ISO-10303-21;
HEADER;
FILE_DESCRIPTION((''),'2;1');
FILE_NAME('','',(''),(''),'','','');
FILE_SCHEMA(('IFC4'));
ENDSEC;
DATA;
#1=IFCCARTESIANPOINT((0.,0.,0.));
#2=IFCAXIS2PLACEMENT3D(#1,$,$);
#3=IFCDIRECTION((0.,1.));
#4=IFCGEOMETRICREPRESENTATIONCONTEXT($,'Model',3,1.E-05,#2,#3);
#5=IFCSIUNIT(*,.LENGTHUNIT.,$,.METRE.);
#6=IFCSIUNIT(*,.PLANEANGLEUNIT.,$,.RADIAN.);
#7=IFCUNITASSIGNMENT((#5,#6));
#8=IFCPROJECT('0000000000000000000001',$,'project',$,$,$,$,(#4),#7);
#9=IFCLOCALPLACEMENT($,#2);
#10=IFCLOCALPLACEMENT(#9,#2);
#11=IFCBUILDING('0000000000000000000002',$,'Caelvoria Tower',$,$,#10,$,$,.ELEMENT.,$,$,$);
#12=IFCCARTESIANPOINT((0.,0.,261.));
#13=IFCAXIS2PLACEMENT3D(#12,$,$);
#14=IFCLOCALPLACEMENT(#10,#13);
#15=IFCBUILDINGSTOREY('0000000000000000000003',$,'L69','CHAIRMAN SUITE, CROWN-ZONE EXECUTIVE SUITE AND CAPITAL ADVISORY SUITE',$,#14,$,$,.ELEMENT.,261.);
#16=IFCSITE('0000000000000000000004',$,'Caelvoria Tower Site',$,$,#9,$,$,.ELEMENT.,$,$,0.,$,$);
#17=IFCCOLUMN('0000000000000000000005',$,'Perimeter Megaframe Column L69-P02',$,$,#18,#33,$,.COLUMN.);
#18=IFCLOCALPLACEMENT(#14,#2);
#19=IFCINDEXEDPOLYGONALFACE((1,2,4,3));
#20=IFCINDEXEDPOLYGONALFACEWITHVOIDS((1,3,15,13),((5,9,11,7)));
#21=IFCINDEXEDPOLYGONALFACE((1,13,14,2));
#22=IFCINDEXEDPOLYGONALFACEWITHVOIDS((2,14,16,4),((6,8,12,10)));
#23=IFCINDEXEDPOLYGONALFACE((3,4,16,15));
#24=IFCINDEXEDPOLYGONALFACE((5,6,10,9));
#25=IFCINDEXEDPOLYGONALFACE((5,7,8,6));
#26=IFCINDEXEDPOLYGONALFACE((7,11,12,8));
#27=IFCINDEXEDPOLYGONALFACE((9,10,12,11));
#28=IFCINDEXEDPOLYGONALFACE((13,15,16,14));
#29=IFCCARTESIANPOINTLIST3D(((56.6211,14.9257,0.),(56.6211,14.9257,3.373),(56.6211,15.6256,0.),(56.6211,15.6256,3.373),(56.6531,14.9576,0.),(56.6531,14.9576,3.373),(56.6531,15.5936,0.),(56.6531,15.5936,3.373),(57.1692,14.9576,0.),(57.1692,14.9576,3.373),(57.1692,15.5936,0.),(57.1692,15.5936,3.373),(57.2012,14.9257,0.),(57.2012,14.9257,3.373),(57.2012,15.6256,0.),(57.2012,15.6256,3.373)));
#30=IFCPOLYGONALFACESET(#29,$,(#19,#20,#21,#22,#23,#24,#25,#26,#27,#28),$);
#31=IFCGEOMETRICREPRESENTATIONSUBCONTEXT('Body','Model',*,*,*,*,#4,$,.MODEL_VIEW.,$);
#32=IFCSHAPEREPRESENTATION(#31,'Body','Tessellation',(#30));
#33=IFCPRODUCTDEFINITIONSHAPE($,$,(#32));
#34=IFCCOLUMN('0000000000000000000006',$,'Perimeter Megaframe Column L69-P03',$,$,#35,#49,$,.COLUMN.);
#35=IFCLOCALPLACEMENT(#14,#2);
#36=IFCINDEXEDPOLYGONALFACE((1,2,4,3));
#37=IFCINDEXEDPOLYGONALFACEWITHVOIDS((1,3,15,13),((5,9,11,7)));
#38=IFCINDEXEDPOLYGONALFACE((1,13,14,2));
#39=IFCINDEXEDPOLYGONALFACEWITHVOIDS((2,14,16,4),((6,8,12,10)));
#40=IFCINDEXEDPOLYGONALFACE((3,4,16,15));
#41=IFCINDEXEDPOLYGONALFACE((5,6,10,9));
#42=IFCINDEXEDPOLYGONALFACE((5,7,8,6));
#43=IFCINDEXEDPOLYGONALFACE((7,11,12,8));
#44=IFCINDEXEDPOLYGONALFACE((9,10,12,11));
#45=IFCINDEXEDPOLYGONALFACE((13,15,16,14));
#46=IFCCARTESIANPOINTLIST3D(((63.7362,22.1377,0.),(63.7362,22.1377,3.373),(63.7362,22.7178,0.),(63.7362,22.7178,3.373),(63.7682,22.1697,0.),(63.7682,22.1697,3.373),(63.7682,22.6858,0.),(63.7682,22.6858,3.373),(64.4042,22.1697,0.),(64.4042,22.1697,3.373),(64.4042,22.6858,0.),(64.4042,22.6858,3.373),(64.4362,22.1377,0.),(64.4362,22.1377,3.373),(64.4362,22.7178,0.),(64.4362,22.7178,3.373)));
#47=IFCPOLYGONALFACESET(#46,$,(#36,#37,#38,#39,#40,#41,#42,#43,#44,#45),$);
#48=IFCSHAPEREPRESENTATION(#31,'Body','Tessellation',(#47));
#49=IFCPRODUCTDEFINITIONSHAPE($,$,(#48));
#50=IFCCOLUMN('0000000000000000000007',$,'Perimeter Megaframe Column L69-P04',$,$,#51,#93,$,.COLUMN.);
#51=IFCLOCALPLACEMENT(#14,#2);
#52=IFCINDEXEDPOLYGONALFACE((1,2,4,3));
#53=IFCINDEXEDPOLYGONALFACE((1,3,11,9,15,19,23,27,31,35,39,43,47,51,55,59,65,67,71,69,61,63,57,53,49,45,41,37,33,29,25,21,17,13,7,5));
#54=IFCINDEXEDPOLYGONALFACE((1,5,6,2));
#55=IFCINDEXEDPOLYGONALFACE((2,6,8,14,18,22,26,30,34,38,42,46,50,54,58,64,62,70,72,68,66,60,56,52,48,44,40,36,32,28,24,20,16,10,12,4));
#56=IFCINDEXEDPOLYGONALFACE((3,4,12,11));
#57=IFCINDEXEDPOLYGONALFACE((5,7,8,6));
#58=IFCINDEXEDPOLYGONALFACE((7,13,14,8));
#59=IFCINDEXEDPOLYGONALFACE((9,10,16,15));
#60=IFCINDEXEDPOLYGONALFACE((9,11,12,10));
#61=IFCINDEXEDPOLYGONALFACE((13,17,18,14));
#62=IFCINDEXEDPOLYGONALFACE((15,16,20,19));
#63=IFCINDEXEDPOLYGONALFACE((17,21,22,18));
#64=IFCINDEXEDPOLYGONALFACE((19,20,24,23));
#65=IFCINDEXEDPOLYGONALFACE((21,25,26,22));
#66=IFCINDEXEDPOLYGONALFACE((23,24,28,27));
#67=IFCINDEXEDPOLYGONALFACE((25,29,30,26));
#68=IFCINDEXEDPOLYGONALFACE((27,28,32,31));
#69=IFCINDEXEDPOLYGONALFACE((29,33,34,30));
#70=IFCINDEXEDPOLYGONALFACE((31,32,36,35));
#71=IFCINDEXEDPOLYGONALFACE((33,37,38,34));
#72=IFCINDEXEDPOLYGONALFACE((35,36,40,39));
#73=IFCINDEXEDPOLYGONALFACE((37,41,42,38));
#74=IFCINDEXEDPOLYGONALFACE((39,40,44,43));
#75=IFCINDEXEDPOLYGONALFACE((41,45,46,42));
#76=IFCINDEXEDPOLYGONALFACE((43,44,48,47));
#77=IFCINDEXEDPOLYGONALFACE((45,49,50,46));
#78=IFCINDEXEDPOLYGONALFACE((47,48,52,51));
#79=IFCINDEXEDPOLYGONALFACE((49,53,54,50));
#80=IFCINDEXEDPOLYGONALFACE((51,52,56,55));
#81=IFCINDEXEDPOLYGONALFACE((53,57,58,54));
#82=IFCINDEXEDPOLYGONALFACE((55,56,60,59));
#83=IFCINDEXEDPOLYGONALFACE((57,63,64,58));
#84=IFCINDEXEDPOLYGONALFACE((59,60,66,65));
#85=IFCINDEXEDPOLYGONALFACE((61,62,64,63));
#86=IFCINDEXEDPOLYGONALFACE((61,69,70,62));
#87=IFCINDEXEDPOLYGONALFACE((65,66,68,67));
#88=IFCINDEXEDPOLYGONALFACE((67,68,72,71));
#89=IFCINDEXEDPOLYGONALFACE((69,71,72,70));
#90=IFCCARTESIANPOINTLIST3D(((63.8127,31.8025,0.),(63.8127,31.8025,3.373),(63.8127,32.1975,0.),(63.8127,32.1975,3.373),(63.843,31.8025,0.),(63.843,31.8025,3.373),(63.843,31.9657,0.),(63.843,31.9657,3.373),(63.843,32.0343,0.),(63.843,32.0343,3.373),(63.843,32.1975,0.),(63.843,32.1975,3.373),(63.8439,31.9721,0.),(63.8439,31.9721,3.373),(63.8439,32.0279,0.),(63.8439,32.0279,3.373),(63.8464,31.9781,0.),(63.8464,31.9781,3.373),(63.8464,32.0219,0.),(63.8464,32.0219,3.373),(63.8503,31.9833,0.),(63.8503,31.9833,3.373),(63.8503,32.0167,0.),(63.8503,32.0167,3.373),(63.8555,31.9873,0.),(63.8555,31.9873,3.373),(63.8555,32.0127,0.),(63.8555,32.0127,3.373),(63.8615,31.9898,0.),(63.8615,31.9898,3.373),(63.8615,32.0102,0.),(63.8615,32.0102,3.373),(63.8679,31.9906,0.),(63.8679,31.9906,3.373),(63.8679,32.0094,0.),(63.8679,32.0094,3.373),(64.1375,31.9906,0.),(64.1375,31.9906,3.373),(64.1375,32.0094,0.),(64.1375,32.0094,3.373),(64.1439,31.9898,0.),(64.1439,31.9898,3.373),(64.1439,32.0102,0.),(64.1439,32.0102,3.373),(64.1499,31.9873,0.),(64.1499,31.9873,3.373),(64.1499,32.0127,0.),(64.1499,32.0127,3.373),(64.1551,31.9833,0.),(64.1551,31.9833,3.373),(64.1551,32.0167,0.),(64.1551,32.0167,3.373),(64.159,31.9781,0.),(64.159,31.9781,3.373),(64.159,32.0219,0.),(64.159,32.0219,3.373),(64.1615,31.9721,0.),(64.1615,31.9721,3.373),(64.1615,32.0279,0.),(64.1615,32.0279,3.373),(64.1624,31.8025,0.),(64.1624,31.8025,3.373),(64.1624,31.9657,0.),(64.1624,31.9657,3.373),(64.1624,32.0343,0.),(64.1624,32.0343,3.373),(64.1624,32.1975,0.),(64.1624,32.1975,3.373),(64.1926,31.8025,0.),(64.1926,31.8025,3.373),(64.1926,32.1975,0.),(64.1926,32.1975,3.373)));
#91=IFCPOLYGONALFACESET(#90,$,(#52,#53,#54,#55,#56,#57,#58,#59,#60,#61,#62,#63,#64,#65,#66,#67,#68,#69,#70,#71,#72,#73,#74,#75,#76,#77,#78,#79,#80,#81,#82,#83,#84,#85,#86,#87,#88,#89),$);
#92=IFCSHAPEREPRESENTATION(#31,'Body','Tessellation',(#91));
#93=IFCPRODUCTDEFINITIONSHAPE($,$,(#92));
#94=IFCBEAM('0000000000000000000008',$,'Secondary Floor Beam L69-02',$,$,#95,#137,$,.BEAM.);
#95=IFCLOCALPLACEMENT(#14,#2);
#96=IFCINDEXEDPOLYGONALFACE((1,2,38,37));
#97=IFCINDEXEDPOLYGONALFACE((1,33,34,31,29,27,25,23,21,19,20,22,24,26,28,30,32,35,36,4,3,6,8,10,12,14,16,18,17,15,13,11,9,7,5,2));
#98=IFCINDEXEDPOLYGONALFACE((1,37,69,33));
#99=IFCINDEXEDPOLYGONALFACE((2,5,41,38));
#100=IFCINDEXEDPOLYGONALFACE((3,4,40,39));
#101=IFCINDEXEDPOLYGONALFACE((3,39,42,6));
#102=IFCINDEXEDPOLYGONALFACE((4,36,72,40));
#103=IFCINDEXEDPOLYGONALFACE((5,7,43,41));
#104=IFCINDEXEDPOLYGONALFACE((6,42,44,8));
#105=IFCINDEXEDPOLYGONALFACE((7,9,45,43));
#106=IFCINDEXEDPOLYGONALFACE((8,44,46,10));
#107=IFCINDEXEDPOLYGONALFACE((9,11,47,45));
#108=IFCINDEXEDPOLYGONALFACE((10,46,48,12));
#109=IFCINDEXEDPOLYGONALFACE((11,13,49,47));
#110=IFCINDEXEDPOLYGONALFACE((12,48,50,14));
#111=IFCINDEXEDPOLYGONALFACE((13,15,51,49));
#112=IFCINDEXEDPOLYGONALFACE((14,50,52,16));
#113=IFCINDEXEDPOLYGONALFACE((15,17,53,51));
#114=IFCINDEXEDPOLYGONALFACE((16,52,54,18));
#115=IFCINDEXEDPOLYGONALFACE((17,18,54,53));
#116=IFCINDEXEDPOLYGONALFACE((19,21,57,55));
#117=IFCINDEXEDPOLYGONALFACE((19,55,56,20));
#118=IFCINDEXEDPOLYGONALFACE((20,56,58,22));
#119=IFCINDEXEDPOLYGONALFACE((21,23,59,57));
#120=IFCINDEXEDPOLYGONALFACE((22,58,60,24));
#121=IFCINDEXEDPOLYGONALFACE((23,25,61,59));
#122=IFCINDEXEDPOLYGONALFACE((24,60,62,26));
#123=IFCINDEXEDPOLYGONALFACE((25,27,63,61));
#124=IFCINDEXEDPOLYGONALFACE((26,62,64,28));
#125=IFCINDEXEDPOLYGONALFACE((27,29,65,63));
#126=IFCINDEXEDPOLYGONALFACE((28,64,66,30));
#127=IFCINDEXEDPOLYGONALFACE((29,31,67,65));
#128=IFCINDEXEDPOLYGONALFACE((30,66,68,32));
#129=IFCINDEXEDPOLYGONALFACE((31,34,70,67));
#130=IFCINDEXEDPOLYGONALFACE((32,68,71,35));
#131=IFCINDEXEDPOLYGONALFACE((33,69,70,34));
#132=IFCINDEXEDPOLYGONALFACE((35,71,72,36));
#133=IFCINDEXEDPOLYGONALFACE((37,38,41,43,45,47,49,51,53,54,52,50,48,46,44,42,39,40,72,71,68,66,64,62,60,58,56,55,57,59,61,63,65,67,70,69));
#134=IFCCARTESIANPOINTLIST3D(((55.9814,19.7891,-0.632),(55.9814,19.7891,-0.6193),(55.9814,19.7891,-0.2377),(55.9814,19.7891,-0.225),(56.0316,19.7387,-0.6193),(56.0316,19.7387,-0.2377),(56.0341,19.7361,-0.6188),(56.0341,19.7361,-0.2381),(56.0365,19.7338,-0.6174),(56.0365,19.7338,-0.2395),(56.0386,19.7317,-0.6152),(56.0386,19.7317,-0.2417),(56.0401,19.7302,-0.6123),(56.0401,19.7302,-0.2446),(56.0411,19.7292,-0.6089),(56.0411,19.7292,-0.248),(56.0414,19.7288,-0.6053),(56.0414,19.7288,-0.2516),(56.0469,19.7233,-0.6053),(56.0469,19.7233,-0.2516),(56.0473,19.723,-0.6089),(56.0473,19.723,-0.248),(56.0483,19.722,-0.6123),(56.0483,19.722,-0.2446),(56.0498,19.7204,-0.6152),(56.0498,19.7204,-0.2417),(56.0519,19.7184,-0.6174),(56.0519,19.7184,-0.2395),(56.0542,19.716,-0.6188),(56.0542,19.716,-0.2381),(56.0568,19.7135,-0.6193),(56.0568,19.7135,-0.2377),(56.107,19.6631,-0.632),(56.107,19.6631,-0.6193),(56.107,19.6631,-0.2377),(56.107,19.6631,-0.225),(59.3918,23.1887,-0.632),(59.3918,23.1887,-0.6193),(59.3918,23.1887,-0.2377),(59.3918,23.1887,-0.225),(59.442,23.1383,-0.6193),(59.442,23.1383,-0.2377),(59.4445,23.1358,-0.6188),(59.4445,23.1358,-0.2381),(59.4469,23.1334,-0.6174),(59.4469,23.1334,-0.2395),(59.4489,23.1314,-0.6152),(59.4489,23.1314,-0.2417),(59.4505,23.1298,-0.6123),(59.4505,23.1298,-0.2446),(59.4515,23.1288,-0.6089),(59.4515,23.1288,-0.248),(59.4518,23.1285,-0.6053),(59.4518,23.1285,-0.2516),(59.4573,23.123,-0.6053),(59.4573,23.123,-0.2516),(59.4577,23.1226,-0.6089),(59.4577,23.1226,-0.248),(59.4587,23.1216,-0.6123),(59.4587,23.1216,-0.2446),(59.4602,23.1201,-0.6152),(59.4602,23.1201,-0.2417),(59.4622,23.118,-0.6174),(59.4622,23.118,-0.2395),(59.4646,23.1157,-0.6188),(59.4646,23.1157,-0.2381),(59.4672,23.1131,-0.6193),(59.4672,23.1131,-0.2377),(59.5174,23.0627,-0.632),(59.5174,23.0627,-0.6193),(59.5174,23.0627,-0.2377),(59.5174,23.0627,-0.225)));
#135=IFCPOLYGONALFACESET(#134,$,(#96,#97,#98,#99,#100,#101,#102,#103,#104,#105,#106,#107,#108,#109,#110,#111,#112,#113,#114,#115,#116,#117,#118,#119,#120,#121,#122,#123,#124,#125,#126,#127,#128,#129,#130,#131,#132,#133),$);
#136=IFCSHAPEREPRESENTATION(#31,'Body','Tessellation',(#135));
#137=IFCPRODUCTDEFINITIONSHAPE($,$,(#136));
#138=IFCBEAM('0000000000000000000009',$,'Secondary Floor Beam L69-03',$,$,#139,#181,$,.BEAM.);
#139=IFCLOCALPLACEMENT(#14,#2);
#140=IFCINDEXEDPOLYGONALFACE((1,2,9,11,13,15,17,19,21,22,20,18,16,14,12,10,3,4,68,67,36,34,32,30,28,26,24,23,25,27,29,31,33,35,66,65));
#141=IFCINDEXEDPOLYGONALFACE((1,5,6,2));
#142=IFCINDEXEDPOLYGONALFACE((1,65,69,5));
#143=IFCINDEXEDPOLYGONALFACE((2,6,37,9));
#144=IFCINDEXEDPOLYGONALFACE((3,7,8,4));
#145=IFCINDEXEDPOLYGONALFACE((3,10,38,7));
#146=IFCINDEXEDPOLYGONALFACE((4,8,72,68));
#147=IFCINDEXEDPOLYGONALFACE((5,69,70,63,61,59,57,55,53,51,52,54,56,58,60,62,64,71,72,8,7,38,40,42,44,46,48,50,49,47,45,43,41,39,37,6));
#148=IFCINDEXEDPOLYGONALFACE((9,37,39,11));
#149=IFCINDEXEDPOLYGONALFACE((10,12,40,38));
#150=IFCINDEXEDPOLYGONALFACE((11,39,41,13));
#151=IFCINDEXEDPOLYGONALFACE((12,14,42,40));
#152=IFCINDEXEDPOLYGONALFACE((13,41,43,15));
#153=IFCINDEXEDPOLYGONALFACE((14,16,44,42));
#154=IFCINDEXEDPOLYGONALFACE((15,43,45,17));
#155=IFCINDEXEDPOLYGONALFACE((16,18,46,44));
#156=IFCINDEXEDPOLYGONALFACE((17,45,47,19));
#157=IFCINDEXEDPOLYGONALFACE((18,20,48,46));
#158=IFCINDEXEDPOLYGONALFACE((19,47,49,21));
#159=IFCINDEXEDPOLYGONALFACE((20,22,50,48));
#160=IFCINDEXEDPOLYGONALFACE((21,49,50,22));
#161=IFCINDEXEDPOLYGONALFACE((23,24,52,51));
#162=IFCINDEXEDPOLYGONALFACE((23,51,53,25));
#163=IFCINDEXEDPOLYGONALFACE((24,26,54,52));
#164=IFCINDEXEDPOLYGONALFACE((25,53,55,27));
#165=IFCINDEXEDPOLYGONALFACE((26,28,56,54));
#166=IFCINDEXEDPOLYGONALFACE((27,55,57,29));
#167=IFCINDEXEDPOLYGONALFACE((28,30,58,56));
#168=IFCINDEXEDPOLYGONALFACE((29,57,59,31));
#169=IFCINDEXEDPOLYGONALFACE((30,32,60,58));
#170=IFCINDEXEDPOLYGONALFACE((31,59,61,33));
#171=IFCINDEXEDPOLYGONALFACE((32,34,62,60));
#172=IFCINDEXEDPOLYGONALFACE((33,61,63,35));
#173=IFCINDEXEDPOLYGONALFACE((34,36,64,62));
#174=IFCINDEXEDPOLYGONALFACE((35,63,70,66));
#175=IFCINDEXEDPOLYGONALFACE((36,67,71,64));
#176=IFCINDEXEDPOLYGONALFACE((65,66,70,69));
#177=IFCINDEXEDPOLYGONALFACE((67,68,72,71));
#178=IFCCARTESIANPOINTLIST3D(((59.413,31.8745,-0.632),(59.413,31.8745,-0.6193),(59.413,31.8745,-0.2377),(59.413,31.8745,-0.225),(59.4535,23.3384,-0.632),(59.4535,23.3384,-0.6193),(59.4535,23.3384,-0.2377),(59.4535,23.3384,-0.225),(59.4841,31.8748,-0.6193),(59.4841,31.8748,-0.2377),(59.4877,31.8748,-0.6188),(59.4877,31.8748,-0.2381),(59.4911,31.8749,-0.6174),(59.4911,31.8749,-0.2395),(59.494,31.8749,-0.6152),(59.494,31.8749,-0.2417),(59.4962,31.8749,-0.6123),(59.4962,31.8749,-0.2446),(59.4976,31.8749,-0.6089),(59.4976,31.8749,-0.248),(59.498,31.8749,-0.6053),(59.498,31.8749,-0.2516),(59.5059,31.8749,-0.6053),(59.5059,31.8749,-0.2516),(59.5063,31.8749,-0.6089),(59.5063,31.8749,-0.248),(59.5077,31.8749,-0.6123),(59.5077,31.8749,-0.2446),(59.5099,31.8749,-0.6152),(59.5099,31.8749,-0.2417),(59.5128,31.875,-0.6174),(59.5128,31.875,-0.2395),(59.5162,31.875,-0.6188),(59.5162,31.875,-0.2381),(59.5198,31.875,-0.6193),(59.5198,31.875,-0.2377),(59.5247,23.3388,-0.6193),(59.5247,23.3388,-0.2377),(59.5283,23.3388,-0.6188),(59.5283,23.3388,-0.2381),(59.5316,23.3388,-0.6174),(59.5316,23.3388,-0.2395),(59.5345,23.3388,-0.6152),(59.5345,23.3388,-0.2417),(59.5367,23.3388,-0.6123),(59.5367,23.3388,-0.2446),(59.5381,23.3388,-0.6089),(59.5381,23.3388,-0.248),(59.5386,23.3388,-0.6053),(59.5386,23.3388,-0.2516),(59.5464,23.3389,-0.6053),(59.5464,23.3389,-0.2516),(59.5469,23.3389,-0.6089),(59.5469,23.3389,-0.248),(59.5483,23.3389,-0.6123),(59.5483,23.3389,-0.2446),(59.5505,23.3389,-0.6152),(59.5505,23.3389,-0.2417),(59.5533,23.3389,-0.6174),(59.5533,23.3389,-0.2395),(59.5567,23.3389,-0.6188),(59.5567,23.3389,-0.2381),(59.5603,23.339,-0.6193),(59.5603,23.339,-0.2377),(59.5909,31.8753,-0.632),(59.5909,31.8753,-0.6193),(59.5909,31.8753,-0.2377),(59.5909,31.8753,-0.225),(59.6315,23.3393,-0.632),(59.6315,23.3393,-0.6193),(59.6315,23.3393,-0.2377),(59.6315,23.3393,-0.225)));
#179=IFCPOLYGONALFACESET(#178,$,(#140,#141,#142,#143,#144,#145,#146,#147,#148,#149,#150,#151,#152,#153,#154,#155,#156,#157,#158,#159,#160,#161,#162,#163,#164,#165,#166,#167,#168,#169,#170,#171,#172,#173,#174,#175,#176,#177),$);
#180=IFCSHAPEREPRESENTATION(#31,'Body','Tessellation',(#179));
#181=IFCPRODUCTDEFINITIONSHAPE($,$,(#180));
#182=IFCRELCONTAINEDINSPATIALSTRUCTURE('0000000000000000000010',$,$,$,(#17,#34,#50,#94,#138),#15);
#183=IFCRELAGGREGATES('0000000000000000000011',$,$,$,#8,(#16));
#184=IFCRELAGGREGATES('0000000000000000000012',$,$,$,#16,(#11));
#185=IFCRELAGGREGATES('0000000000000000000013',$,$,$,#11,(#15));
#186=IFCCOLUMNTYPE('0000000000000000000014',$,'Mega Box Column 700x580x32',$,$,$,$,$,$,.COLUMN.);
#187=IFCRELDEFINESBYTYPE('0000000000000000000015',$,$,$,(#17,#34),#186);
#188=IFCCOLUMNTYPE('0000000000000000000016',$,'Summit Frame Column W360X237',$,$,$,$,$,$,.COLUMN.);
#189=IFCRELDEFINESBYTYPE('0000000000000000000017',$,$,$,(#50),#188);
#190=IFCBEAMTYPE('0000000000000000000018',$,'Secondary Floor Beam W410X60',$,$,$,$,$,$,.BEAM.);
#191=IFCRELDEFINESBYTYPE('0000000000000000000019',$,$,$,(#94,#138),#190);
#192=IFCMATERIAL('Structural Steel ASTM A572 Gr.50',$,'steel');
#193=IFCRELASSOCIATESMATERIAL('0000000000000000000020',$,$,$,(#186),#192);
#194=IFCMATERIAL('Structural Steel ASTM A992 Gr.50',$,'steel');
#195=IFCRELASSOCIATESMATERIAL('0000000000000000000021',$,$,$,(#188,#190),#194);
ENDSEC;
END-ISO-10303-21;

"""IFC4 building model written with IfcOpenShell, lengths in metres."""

from ifc_helpers import new_model, si_unit, direction, frame, origin, origin_2d, place, context, subcontext, project, spatial, hollow_rectangle, i_section, extrude, material, material_profile, profile_set, type_object, element, save


model = new_model("IFC4")

# Units and contexts
model_context = context("Model", 3, precision=1e-05, world=origin(), true_north=direction((0.0, 1.0)))
body_context = subcontext(model_context, "Body", "Model", "MODEL_VIEW")
ifc_project = project(units=[si_unit("LENGTHUNIT", "METRE"), si_unit("PLANEANGLEUNIT", "RADIAN")], contexts=[model_context])

# Site, building, storey
site_placement = place(None, origin())
site = spatial("IfcSite", under=ifc_project, at=site_placement, Name="Caelvoria Tower Site", CompositionType="ELEMENT", RefElevation=0.0)
building_placement = place(site_placement, origin())
building = spatial("IfcBuilding", under=site, at=building_placement, Name="Caelvoria Tower", CompositionType="ELEMENT")
storey_placement = place(building_placement, frame((0.0, 0.0, 261.0)))
storey = spatial("IfcBuildingStorey", under=building, at=storey_placement, Name="L69", Description="CHAIRMAN SUITE, CROWN-ZONE EXECUTIVE SUITE AND CAPITAL ADVISORY SUITE", CompositionType="ELEMENT", Elevation=261.0)

# Columns
ifc_material_1 = material(Name="Structural Steel ASTM A572 Gr.50", Category="steel")
ifc_material_profile_1 = material_profile(ifc_material_1, hollow_rectangle(XDim=0.5801, YDim=0.7, WallThickness=0.032, at=origin_2d()), Name="Structural Steel ASTM A572 Gr.50")
ifc_profile_set_1 = profile_set([ifc_material_profile_1], Name="BOX700X580X32 - Structural Steel ASTM A572 Gr.50")
column_type_1 = type_object("IfcColumnType", Name="Mega Box Column 700x580x32", PredefinedType="COLUMN", material=ifc_profile_set_1)
for number, where, z_axis, x_axis, name in (
    (1, (56.9111, 15.2756, 0.0), (0.0, 0.0, 1.0), (1.0, 0.0, 0.0), "Perimeter Megaframe Column L69-P02"),
    (2, (64.0862, 22.4277, 0.0), (0.0, 0.0, 1.0), (0.0, 1.0, 0.0), "Perimeter Megaframe Column L69-P03"),
):
    element("IfcColumn", number, at=place(storey_placement, frame(where, z_axis=z_axis, x_axis=x_axis)), inside=storey, type_object=column_type_1, Name=name, PredefinedType="COLUMN", context=body_context, shape_type="SweptSolid", body=[
        extrude(hollow_rectangle(XDim=0.5801, YDim=0.7, WallThickness=0.032, at=origin_2d()), origin(), (0.0, 0.0, 1.0), 3.373),
    ])
ifc_material_2 = material(Name="Structural Steel ASTM A992 Gr.50", Category="steel")
ifc_material_profile_2 = material_profile(ifc_material_2, i_section(OverallWidth=0.395, OverallDepth=0.3799, WebThickness=0.0188, FlangeThickness=0.0303, FilletRadius=0.0249, at=origin_2d()), Name="Structural Steel ASTM A992 Gr.50")
ifc_profile_set_2 = profile_set([ifc_material_profile_2], Name="W360X237 - Structural Steel ASTM A992 Gr.50")
column_type_2 = type_object("IfcColumnType", Name="Summit Frame Column W360X237", PredefinedType="COLUMN", material=ifc_profile_set_2)
column_placement = place(storey_placement, frame((64.0027, 32.0, 0.0), z_axis=(0.0, 0.0, 1.0), x_axis=(0.0, 1.0, 0.0)))
element("IfcColumn", 3, at=column_placement, inside=storey, type_object=column_type_2, Name="Perimeter Megaframe Column L69-P04", PredefinedType="COLUMN", context=body_context, shape_type="SweptSolid", body=[
    extrude(i_section(OverallWidth=0.395, OverallDepth=0.3799, WebThickness=0.0188, FlangeThickness=0.0303, FilletRadius=0.0249, at=origin_2d()), origin(), (0.0, 0.0, 1.0), 3.373),
])

# Beams
ifc_material_profile_3 = material_profile(ifc_material_2, i_section(OverallWidth=0.178, OverallDepth=0.407, WebThickness=0.0078, FlangeThickness=0.0127, FilletRadius=0.0139, at=origin_2d()), Name="Structural Steel ASTM A992 Gr.50")
ifc_profile_set_3 = profile_set([ifc_material_profile_3], Name="W410X60 - Structural Steel ASTM A992 Gr.50")
beam_type_1 = type_object("IfcBeamType", Name="Secondary Floor Beam W410X60", PredefinedType="BEAM", material=ifc_profile_set_3)
beam_1_placement = place(storey_placement, frame((56.0442, 19.7261, -0.4285), z_axis=(0.708221, 0.705991, 0.0), x_axis=(-0.705991, 0.708221, 0.0)))
element("IfcBeam", 4, at=beam_1_placement, inside=storey, type_object=beam_type_1, Name="Secondary Floor Beam L69-02", PredefinedType="BEAM", context=body_context, shape_type="SweptSolid", body=[
    extrude(i_section(OverallWidth=0.178, OverallDepth=0.407, WebThickness=0.0078, FlangeThickness=0.0127, FilletRadius=0.0139, at=origin_2d()), origin(), (0.0, 0.0, 1.0), 4.8154),
])
beam_2_placement = place(storey_placement, frame((59.5425, 23.3389, -0.4285), z_axis=(-0.004748, 0.999989, 0.0), x_axis=(-0.999989, -0.004748, 0.0)))
element("IfcBeam", 5, at=beam_2_placement, inside=storey, type_object=beam_type_1, Name="Secondary Floor Beam L69-03", PredefinedType="BEAM", context=body_context, shape_type="SweptSolid", body=[
    extrude(i_section(OverallWidth=0.178, OverallDepth=0.407, WebThickness=0.0078, FlangeThickness=0.0127, FilletRadius=0.0139, at=origin_2d()), origin(), (0.0, 0.0, 1.0), 8.5361),
])

save(model, "model.ifc")
